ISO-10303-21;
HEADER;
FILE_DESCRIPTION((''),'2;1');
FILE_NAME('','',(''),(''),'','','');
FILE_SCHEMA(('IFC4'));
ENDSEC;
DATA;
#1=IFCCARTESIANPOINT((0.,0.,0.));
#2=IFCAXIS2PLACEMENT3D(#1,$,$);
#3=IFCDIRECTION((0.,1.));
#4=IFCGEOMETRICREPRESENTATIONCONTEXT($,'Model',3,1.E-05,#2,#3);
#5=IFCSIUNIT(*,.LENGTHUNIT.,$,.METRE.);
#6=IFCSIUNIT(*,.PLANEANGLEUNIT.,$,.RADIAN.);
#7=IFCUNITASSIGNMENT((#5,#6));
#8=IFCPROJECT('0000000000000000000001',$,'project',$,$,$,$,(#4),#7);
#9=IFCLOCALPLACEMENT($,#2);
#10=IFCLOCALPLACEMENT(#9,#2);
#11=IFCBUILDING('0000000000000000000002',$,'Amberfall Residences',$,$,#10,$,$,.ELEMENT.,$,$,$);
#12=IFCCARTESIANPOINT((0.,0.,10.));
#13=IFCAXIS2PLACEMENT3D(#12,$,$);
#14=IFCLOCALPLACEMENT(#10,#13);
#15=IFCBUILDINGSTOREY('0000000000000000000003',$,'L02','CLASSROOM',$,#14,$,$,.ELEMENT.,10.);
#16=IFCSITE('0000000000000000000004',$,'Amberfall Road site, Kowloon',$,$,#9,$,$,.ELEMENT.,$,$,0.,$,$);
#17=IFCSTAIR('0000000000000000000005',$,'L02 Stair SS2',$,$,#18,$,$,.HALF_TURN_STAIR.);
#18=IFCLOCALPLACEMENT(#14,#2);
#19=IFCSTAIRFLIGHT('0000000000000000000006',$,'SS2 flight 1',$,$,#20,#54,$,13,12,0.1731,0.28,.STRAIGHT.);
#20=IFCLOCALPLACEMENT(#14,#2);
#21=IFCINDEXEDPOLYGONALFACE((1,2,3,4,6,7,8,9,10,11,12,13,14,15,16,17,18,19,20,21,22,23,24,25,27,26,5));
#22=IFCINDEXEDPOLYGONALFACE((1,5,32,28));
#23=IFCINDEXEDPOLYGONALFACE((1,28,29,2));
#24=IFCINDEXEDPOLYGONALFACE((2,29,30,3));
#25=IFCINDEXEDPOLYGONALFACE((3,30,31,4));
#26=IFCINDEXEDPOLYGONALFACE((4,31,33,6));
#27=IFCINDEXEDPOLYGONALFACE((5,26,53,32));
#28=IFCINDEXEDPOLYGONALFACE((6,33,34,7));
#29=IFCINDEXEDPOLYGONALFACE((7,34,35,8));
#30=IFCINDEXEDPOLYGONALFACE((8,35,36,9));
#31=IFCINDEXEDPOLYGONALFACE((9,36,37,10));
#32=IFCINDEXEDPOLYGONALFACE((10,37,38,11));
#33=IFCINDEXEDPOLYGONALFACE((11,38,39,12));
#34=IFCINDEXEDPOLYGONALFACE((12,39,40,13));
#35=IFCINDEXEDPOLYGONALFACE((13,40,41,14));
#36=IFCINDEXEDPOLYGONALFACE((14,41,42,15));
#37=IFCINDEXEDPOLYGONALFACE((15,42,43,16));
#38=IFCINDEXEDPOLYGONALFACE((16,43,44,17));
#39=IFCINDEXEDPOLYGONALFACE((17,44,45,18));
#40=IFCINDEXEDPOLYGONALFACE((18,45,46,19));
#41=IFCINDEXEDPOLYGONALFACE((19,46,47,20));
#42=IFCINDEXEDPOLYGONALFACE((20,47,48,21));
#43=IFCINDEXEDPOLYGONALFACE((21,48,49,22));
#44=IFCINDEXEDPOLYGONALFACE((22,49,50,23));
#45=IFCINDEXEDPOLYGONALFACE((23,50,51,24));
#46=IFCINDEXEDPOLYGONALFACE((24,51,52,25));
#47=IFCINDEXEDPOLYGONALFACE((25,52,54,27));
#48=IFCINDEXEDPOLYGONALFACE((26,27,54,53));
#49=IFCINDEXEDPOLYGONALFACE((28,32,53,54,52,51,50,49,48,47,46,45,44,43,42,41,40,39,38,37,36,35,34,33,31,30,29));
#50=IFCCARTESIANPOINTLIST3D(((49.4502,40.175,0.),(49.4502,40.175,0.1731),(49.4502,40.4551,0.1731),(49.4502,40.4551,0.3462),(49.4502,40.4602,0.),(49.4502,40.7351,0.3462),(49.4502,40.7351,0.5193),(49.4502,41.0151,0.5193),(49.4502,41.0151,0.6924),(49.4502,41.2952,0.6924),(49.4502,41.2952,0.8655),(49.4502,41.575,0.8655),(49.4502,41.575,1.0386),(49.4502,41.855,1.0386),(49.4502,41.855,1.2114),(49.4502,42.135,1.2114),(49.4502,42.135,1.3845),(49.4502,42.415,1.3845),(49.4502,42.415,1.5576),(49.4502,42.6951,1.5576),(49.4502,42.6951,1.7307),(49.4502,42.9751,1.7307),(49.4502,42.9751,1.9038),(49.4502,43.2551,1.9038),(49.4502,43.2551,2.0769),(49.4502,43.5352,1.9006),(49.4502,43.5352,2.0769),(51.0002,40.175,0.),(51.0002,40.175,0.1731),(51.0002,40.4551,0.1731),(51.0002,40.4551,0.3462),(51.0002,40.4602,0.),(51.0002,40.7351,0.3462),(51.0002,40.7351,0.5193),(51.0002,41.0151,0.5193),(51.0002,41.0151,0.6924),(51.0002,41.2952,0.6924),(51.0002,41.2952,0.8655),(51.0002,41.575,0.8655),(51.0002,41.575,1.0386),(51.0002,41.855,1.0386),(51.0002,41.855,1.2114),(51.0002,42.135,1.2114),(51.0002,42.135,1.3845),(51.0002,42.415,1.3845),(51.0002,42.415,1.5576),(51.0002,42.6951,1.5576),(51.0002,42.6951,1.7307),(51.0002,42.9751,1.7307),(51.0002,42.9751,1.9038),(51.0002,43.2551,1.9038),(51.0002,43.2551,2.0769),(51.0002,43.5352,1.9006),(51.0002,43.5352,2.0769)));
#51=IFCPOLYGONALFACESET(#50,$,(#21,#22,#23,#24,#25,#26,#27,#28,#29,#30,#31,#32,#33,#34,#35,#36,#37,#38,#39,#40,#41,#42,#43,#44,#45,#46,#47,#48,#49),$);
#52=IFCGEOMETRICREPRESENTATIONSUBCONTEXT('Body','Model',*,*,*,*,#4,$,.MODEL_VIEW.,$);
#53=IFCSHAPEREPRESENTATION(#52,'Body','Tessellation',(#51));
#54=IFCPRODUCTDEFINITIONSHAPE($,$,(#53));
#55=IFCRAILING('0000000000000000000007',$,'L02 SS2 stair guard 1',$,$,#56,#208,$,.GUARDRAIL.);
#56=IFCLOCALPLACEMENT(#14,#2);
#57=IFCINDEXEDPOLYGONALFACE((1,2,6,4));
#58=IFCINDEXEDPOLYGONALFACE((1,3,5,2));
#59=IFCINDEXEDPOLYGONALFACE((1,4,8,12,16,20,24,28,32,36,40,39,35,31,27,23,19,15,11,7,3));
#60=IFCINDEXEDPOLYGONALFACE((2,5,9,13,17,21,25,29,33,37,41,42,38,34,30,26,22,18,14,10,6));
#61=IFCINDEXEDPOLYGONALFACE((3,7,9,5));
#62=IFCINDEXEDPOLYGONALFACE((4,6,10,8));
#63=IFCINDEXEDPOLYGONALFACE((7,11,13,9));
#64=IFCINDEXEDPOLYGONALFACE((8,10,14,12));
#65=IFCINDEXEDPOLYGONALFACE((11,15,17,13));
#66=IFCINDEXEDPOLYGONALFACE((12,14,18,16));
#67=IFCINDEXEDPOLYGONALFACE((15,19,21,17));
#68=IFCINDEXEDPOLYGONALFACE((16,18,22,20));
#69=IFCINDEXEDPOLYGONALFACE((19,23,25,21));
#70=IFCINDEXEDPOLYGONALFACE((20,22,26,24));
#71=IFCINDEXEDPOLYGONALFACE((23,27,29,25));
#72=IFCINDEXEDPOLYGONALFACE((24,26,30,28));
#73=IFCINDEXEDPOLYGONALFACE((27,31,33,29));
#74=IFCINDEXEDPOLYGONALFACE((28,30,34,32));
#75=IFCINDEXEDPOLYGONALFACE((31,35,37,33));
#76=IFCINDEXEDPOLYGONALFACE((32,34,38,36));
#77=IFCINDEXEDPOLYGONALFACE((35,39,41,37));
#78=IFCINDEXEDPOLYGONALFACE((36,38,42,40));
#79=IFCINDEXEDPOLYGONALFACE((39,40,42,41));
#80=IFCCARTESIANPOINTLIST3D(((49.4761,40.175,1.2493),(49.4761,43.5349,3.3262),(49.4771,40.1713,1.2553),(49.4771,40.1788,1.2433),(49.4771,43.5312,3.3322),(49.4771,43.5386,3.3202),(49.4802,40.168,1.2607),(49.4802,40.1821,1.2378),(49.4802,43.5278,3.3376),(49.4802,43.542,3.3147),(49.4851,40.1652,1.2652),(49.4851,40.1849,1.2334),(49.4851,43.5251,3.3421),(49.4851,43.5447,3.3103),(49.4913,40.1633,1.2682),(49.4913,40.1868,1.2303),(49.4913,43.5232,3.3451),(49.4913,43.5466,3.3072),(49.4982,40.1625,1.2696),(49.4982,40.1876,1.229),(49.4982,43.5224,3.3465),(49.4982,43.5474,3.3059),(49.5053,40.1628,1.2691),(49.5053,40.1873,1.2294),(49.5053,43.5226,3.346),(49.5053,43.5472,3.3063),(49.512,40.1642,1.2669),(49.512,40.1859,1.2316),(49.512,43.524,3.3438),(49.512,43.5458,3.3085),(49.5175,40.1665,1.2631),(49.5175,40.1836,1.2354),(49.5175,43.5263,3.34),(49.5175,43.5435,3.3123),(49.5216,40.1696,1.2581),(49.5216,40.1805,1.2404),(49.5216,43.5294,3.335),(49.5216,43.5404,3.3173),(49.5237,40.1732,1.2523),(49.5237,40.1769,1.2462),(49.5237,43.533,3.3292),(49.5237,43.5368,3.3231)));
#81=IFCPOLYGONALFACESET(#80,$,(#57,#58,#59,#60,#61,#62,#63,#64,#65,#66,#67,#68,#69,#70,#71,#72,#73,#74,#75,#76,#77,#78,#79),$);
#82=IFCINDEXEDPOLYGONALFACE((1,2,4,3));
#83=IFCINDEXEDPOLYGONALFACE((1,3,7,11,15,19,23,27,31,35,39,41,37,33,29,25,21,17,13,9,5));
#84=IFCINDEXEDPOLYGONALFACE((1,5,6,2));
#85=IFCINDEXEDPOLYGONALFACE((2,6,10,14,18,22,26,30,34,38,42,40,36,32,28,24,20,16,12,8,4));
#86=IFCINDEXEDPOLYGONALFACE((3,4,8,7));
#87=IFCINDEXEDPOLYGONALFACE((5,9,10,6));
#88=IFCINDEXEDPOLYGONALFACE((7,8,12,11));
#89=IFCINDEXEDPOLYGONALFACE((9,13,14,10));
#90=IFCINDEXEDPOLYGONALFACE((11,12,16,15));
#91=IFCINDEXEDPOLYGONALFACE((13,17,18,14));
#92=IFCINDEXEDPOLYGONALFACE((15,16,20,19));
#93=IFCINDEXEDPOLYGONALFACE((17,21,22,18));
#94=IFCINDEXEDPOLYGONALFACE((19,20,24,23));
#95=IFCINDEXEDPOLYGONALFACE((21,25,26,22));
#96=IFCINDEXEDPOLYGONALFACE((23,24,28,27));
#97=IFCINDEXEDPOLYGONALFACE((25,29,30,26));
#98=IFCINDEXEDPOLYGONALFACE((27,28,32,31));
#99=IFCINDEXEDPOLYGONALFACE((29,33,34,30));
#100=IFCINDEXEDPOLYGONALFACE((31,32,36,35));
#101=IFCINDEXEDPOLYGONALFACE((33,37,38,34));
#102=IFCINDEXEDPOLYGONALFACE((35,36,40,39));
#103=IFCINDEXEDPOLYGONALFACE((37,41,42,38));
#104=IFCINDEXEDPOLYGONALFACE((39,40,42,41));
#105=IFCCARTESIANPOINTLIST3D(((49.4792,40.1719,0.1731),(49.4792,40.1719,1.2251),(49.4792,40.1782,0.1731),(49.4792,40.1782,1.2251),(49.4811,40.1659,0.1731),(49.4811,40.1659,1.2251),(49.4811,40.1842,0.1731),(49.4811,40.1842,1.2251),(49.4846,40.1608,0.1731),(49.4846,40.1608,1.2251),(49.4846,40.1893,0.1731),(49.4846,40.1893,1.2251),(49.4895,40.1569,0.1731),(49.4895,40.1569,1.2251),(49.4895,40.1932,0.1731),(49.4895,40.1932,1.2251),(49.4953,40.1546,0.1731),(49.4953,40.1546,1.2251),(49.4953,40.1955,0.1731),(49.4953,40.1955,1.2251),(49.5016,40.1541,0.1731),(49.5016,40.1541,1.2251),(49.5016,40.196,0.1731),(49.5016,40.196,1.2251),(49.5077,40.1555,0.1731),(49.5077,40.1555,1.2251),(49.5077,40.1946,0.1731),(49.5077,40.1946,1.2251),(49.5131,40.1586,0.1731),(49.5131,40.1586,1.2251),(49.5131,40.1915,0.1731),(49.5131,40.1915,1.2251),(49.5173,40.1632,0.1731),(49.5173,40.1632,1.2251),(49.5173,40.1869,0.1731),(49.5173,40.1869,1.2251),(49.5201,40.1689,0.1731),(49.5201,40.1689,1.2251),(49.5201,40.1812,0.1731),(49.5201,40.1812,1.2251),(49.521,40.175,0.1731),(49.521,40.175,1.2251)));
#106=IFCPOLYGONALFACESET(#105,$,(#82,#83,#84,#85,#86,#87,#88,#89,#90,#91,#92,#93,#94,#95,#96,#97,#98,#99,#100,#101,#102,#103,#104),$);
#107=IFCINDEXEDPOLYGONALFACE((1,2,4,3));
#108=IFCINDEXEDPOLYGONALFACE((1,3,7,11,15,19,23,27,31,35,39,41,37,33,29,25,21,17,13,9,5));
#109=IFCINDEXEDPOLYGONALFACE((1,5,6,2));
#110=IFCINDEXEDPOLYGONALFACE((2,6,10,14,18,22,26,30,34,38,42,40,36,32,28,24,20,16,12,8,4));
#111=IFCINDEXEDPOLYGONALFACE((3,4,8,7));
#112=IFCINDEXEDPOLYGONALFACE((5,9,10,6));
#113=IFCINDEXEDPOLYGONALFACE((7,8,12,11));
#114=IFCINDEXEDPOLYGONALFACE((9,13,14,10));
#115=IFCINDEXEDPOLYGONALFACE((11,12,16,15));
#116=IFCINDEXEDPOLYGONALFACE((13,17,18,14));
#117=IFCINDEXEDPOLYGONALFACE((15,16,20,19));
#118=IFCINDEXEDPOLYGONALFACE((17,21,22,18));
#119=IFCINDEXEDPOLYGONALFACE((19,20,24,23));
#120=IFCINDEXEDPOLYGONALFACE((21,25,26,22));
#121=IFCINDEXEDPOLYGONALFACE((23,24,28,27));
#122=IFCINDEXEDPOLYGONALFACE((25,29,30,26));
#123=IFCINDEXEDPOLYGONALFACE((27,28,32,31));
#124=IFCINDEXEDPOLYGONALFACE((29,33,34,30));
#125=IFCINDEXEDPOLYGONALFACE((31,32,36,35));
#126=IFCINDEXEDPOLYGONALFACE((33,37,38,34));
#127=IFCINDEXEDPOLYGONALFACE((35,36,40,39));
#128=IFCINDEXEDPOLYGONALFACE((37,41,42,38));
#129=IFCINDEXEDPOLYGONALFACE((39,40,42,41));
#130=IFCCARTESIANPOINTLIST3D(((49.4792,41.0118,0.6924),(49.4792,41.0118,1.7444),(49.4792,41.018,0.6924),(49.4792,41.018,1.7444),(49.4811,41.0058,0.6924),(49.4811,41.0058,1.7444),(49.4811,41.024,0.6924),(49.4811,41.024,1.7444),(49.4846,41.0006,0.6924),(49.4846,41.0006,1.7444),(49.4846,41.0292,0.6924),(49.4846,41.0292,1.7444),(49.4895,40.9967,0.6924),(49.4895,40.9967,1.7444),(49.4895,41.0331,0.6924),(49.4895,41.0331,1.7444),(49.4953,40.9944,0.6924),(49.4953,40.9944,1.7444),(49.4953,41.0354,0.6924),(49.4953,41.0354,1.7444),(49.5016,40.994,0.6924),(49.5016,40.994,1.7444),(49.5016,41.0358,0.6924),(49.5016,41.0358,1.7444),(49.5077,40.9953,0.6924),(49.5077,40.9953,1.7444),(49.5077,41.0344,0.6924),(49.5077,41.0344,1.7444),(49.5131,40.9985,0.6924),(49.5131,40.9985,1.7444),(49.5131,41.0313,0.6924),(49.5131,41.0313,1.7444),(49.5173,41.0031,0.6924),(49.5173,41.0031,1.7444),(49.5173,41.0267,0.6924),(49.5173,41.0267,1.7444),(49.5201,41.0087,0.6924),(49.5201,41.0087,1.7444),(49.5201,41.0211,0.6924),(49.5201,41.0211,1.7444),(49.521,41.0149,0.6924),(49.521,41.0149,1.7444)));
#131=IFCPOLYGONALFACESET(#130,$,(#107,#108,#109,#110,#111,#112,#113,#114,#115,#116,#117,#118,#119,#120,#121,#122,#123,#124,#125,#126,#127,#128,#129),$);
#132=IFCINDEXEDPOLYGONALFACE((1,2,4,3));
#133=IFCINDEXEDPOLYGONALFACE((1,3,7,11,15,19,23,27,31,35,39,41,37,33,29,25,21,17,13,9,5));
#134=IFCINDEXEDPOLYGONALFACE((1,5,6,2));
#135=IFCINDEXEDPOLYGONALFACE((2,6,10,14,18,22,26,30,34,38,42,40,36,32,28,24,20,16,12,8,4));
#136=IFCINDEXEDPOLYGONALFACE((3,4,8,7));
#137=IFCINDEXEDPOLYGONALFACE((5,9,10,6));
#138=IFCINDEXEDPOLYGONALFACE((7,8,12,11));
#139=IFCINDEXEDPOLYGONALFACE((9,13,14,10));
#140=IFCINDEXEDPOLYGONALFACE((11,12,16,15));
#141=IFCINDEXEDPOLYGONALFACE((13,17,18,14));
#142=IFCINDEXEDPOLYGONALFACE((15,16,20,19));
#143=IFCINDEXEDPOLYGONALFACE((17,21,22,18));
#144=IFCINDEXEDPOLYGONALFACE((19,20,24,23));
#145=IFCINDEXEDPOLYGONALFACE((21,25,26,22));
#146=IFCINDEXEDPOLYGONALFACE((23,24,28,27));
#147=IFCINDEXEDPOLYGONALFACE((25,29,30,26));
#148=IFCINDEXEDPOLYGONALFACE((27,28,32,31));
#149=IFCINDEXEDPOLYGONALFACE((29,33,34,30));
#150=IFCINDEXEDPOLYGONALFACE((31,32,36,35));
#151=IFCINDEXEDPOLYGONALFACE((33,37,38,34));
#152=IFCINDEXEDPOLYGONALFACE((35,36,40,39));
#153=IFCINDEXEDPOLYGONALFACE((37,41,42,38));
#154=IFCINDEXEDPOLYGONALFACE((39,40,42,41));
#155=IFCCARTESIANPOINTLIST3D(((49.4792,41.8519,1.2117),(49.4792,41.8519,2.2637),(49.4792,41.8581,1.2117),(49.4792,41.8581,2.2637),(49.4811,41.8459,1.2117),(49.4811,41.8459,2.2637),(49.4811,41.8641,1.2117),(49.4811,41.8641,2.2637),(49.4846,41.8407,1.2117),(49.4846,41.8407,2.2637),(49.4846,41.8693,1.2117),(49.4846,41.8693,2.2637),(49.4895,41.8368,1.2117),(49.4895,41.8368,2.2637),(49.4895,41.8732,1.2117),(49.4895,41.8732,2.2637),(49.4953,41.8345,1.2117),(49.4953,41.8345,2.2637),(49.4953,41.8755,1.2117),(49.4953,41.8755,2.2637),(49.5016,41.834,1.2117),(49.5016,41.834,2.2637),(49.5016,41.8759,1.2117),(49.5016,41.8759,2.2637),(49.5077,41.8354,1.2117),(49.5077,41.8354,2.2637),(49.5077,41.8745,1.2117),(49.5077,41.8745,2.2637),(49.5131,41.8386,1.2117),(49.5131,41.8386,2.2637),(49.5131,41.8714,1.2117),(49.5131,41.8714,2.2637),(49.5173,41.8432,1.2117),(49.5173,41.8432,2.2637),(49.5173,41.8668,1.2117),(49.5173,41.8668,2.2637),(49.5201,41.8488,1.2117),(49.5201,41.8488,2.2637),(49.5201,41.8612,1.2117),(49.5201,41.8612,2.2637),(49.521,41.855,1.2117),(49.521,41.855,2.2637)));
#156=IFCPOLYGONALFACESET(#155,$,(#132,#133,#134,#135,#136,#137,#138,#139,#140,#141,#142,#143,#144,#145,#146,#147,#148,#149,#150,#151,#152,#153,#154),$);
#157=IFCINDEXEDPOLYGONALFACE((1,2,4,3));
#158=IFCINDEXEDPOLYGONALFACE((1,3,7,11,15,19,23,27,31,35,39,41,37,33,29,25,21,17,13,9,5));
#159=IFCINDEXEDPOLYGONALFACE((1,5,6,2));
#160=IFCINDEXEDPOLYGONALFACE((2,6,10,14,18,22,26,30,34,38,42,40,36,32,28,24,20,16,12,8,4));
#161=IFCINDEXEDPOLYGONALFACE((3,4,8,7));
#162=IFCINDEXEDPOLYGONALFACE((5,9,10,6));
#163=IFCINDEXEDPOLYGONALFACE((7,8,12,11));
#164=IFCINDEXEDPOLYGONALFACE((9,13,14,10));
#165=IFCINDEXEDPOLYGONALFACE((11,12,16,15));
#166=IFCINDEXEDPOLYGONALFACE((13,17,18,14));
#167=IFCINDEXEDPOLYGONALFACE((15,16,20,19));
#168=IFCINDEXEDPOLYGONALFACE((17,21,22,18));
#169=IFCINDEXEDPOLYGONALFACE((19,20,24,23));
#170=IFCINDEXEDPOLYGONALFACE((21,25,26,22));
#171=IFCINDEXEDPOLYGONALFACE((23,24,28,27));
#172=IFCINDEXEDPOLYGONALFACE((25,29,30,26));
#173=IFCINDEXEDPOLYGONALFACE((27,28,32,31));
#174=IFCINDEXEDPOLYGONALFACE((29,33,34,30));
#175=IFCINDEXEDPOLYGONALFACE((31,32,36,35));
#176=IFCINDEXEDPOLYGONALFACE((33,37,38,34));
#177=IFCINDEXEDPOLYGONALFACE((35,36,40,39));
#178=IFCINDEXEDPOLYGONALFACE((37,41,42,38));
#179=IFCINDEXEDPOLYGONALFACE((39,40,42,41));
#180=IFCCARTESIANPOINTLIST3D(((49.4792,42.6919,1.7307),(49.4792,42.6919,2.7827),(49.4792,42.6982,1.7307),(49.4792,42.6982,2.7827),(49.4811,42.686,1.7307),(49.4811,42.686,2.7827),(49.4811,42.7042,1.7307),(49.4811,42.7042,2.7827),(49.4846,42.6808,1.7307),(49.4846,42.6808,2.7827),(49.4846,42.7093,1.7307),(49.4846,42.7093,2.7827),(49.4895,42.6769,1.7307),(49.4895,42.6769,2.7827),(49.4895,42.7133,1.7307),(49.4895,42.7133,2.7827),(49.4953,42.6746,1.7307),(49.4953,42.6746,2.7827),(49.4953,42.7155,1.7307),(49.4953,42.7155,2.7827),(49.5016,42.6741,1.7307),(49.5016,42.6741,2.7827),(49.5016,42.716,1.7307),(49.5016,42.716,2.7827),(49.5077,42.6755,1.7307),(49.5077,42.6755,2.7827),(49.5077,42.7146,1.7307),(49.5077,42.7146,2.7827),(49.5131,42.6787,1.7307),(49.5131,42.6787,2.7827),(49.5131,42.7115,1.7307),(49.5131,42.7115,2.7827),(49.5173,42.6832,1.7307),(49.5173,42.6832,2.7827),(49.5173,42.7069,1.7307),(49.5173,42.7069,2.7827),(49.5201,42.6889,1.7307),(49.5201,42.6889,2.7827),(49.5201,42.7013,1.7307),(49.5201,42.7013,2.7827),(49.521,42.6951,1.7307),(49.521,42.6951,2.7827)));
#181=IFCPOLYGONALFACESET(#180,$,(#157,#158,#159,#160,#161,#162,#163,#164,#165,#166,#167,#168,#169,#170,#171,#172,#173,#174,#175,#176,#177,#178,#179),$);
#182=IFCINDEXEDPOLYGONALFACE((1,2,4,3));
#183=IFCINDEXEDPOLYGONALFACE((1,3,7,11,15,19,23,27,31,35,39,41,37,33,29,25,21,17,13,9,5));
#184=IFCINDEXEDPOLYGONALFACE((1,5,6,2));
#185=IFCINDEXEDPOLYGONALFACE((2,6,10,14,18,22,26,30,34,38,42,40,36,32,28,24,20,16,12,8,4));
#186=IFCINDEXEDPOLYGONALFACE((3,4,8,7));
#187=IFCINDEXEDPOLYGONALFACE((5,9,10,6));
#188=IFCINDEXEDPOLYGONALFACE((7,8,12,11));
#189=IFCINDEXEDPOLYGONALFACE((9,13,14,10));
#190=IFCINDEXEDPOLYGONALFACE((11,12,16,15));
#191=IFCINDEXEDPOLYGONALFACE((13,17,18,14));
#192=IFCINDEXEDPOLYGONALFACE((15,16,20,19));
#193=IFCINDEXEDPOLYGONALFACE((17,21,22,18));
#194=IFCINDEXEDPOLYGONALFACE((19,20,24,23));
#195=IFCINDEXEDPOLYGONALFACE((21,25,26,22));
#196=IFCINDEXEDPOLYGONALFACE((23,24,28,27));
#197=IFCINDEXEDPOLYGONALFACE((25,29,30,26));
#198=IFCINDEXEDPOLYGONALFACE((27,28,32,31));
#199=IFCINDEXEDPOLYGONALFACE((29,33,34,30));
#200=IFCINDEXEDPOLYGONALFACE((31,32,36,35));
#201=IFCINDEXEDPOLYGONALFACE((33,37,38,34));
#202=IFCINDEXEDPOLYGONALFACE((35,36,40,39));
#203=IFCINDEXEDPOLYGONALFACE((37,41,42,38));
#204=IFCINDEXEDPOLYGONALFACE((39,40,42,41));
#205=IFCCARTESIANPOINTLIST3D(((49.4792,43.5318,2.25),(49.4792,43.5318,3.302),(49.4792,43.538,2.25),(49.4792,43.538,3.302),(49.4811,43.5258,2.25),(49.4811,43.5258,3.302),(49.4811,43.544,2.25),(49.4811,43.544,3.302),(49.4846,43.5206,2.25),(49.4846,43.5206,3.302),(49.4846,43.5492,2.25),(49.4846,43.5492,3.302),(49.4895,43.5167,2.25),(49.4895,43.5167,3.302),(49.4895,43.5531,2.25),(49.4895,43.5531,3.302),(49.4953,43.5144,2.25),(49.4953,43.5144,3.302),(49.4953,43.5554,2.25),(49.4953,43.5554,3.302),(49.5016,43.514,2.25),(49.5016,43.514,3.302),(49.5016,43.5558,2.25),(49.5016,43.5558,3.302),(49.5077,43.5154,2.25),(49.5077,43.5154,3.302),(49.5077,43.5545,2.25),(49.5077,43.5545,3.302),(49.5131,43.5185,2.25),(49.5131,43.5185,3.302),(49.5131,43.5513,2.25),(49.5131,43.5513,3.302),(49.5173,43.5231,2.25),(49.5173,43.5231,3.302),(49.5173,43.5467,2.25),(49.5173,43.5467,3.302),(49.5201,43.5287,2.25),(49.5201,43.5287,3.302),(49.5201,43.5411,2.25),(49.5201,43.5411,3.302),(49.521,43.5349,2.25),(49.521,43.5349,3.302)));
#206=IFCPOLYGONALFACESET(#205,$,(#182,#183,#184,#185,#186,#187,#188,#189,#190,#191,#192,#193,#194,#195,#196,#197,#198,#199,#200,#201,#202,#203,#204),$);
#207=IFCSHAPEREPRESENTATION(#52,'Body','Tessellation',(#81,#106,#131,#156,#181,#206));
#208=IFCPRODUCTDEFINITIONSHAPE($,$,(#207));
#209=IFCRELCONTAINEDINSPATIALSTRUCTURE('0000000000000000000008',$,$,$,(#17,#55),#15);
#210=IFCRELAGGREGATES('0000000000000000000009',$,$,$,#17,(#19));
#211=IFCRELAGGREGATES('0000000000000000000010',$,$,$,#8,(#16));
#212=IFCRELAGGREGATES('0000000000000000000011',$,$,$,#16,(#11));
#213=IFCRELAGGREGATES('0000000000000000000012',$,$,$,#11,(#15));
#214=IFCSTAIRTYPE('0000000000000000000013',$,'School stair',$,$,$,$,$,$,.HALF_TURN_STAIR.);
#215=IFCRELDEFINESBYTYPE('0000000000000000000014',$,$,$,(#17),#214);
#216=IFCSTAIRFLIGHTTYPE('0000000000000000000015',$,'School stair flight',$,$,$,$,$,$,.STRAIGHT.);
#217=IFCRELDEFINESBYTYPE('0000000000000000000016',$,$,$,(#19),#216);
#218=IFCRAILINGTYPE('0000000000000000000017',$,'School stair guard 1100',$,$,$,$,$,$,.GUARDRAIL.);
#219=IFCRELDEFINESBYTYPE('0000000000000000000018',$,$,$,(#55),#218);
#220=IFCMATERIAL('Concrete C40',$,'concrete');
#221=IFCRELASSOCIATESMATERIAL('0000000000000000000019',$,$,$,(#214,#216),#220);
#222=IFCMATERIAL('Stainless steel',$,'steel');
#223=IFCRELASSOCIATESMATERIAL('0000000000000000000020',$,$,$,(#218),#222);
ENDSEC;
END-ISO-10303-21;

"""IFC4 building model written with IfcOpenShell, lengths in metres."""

from ifc_helpers import new_model, si_unit, direction, frame, origin, origin_2d, place, context, subcontext, project, spatial, polyline, circle, outline, extrude, material, type_object, element, aggregate, save


model = new_model("IFC4")

# Units and contexts
model_context = context("Model", 3, precision=1e-05, world=origin(), true_north=direction((0.0, 1.0)))
body_context = subcontext(model_context, "Body", "Model", "MODEL_VIEW")
ifc_project = project(units=[si_unit("LENGTHUNIT", "METRE"), si_unit("PLANEANGLEUNIT", "RADIAN")], contexts=[model_context])

# Site, building, storey
site_placement = place(None, origin())
site = spatial("IfcSite", under=ifc_project, at=site_placement, Name="Amberfall Road site, Kowloon", CompositionType="ELEMENT", RefElevation=0.0)
building_placement = place(site_placement, origin())
building = spatial("IfcBuilding", under=site, at=building_placement, Name="Amberfall Residences", CompositionType="ELEMENT")
storey_placement = place(building_placement, frame((0.0, 0.0, 10.0)))
storey = spatial("IfcBuildingStorey", under=building, at=storey_placement, Name="L02", Description="CLASSROOM", CompositionType="ELEMENT", Elevation=10.0)

# Shared definitions
ifc_material_1 = material(Name="Concrete C40", Category="concrete")

# Stair, stair flight
stair_type = type_object("IfcStairType", Name="School stair", PredefinedType="HALF_TURN_STAIR", material=ifc_material_1)
stair_placement = place(storey_placement, origin())
stair = element("IfcStair", 1, at=stair_placement, inside=storey, type_object=stair_type, Name="L02 Stair SS2", PredefinedType="HALF_TURN_STAIR")
stair_flight_type = type_object("IfcStairFlightType", Name="School stair flight", PredefinedType="STRAIGHT", material=ifc_material_1)
stair_flight_placement = place(storey_placement, frame((50.2251, 40.175, 0.0), z_axis=(0.0, 0.0, 1.0), x_axis=(0.0, 1.0, 0.0)))
stair_flight = element("IfcStairFlight", 2, at=stair_flight_placement, type_object=stair_flight_type, Name="SS2 flight 1", NumberOfRisers=13, NumberOfTreads=12, PredefinedType="STRAIGHT", RiserHeight=0.1731, TreadLength=0.28, context=body_context, shape_type="SweptSolid", body=[
    extrude(outline(polyline([(0.0, 0.0), (0.0, 0.1731), (0.28, 0.1731), (0.28, 0.3462), (0.5601, 0.3462), (0.5601, 0.5193), (0.8401, 0.5193), (0.8401, 0.6924), (1.1201, 0.6924), (1.1201, 0.8655), (1.3999, 0.8655), (1.3999, 1.0386), (1.6799, 1.0386), (1.6799, 1.2114), (1.96, 1.2114), (1.96, 1.3845), (2.24, 1.3845), (2.24, 1.5576), (2.52, 1.5576), (2.52, 1.7307), (2.8, 1.7307), (2.8, 1.9038), (3.0801, 1.9038), (3.0801, 2.0769), (3.3601, 2.0769), (3.3601, 2.25), (3.3601, 1.9006), (0.2852, 0.0), (0.0, 0.0)])), frame((0.0, 0.7749, 0.0), z_axis=(0.0, -1.0, 0.0), x_axis=(1.0, 0.0, 0.0)), (0.0, 0.0, 1.0), 1.55),
])
aggregate(stair, [stair_flight])

# Railing
ifc_material_2 = material(Name="Stainless steel", Category="steel")
railing_type_1 = type_object("IfcRailingType", Name="School stair guard 1100", PredefinedType="GUARDRAIL", material=ifc_material_2)
railing_1_placement = place(storey_placement, frame((49.5, 40.175, 0.1731)))
element("IfcRailing", 3, at=railing_1_placement, inside=storey, type_object=railing_type_1, Name="L02 SS2 stair guard 1", PredefinedType="GUARDRAIL", context=body_context, shape_type="SweptSolid", body=[
    extrude(circle(Radius=0.0239, at=origin_2d()), frame((0.0, 0.0, 1.0762), z_axis=(0.0, 0.850606, 0.525803), x_axis=(-1.0, 0.0, 0.0)), (0.0, 0.0, 1.0), 3.95),
    extrude(circle(Radius=0.021, at=origin_2d()), origin(), (0.0, 0.0, 1.0), 1.052),
    extrude(circle(Radius=0.021, at=origin_2d()), frame((0.0, 0.8398, 0.5193)), (0.0, 0.0, 1.0), 1.052),
    extrude(circle(Radius=0.021, at=origin_2d()), frame((0.0, 1.6799, 1.0386)), (0.0, 0.0, 1.0), 1.052),
    extrude(circle(Radius=0.021, at=origin_2d()), frame((0.0, 2.52, 1.5576)), (0.0, 0.0, 1.0), 1.052),
    extrude(circle(Radius=0.021, at=origin_2d()), frame((0.0, 3.3599, 2.0769)), (0.0, 0.0, 1.0), 1.052),
])

save(model, "model.ifc")
